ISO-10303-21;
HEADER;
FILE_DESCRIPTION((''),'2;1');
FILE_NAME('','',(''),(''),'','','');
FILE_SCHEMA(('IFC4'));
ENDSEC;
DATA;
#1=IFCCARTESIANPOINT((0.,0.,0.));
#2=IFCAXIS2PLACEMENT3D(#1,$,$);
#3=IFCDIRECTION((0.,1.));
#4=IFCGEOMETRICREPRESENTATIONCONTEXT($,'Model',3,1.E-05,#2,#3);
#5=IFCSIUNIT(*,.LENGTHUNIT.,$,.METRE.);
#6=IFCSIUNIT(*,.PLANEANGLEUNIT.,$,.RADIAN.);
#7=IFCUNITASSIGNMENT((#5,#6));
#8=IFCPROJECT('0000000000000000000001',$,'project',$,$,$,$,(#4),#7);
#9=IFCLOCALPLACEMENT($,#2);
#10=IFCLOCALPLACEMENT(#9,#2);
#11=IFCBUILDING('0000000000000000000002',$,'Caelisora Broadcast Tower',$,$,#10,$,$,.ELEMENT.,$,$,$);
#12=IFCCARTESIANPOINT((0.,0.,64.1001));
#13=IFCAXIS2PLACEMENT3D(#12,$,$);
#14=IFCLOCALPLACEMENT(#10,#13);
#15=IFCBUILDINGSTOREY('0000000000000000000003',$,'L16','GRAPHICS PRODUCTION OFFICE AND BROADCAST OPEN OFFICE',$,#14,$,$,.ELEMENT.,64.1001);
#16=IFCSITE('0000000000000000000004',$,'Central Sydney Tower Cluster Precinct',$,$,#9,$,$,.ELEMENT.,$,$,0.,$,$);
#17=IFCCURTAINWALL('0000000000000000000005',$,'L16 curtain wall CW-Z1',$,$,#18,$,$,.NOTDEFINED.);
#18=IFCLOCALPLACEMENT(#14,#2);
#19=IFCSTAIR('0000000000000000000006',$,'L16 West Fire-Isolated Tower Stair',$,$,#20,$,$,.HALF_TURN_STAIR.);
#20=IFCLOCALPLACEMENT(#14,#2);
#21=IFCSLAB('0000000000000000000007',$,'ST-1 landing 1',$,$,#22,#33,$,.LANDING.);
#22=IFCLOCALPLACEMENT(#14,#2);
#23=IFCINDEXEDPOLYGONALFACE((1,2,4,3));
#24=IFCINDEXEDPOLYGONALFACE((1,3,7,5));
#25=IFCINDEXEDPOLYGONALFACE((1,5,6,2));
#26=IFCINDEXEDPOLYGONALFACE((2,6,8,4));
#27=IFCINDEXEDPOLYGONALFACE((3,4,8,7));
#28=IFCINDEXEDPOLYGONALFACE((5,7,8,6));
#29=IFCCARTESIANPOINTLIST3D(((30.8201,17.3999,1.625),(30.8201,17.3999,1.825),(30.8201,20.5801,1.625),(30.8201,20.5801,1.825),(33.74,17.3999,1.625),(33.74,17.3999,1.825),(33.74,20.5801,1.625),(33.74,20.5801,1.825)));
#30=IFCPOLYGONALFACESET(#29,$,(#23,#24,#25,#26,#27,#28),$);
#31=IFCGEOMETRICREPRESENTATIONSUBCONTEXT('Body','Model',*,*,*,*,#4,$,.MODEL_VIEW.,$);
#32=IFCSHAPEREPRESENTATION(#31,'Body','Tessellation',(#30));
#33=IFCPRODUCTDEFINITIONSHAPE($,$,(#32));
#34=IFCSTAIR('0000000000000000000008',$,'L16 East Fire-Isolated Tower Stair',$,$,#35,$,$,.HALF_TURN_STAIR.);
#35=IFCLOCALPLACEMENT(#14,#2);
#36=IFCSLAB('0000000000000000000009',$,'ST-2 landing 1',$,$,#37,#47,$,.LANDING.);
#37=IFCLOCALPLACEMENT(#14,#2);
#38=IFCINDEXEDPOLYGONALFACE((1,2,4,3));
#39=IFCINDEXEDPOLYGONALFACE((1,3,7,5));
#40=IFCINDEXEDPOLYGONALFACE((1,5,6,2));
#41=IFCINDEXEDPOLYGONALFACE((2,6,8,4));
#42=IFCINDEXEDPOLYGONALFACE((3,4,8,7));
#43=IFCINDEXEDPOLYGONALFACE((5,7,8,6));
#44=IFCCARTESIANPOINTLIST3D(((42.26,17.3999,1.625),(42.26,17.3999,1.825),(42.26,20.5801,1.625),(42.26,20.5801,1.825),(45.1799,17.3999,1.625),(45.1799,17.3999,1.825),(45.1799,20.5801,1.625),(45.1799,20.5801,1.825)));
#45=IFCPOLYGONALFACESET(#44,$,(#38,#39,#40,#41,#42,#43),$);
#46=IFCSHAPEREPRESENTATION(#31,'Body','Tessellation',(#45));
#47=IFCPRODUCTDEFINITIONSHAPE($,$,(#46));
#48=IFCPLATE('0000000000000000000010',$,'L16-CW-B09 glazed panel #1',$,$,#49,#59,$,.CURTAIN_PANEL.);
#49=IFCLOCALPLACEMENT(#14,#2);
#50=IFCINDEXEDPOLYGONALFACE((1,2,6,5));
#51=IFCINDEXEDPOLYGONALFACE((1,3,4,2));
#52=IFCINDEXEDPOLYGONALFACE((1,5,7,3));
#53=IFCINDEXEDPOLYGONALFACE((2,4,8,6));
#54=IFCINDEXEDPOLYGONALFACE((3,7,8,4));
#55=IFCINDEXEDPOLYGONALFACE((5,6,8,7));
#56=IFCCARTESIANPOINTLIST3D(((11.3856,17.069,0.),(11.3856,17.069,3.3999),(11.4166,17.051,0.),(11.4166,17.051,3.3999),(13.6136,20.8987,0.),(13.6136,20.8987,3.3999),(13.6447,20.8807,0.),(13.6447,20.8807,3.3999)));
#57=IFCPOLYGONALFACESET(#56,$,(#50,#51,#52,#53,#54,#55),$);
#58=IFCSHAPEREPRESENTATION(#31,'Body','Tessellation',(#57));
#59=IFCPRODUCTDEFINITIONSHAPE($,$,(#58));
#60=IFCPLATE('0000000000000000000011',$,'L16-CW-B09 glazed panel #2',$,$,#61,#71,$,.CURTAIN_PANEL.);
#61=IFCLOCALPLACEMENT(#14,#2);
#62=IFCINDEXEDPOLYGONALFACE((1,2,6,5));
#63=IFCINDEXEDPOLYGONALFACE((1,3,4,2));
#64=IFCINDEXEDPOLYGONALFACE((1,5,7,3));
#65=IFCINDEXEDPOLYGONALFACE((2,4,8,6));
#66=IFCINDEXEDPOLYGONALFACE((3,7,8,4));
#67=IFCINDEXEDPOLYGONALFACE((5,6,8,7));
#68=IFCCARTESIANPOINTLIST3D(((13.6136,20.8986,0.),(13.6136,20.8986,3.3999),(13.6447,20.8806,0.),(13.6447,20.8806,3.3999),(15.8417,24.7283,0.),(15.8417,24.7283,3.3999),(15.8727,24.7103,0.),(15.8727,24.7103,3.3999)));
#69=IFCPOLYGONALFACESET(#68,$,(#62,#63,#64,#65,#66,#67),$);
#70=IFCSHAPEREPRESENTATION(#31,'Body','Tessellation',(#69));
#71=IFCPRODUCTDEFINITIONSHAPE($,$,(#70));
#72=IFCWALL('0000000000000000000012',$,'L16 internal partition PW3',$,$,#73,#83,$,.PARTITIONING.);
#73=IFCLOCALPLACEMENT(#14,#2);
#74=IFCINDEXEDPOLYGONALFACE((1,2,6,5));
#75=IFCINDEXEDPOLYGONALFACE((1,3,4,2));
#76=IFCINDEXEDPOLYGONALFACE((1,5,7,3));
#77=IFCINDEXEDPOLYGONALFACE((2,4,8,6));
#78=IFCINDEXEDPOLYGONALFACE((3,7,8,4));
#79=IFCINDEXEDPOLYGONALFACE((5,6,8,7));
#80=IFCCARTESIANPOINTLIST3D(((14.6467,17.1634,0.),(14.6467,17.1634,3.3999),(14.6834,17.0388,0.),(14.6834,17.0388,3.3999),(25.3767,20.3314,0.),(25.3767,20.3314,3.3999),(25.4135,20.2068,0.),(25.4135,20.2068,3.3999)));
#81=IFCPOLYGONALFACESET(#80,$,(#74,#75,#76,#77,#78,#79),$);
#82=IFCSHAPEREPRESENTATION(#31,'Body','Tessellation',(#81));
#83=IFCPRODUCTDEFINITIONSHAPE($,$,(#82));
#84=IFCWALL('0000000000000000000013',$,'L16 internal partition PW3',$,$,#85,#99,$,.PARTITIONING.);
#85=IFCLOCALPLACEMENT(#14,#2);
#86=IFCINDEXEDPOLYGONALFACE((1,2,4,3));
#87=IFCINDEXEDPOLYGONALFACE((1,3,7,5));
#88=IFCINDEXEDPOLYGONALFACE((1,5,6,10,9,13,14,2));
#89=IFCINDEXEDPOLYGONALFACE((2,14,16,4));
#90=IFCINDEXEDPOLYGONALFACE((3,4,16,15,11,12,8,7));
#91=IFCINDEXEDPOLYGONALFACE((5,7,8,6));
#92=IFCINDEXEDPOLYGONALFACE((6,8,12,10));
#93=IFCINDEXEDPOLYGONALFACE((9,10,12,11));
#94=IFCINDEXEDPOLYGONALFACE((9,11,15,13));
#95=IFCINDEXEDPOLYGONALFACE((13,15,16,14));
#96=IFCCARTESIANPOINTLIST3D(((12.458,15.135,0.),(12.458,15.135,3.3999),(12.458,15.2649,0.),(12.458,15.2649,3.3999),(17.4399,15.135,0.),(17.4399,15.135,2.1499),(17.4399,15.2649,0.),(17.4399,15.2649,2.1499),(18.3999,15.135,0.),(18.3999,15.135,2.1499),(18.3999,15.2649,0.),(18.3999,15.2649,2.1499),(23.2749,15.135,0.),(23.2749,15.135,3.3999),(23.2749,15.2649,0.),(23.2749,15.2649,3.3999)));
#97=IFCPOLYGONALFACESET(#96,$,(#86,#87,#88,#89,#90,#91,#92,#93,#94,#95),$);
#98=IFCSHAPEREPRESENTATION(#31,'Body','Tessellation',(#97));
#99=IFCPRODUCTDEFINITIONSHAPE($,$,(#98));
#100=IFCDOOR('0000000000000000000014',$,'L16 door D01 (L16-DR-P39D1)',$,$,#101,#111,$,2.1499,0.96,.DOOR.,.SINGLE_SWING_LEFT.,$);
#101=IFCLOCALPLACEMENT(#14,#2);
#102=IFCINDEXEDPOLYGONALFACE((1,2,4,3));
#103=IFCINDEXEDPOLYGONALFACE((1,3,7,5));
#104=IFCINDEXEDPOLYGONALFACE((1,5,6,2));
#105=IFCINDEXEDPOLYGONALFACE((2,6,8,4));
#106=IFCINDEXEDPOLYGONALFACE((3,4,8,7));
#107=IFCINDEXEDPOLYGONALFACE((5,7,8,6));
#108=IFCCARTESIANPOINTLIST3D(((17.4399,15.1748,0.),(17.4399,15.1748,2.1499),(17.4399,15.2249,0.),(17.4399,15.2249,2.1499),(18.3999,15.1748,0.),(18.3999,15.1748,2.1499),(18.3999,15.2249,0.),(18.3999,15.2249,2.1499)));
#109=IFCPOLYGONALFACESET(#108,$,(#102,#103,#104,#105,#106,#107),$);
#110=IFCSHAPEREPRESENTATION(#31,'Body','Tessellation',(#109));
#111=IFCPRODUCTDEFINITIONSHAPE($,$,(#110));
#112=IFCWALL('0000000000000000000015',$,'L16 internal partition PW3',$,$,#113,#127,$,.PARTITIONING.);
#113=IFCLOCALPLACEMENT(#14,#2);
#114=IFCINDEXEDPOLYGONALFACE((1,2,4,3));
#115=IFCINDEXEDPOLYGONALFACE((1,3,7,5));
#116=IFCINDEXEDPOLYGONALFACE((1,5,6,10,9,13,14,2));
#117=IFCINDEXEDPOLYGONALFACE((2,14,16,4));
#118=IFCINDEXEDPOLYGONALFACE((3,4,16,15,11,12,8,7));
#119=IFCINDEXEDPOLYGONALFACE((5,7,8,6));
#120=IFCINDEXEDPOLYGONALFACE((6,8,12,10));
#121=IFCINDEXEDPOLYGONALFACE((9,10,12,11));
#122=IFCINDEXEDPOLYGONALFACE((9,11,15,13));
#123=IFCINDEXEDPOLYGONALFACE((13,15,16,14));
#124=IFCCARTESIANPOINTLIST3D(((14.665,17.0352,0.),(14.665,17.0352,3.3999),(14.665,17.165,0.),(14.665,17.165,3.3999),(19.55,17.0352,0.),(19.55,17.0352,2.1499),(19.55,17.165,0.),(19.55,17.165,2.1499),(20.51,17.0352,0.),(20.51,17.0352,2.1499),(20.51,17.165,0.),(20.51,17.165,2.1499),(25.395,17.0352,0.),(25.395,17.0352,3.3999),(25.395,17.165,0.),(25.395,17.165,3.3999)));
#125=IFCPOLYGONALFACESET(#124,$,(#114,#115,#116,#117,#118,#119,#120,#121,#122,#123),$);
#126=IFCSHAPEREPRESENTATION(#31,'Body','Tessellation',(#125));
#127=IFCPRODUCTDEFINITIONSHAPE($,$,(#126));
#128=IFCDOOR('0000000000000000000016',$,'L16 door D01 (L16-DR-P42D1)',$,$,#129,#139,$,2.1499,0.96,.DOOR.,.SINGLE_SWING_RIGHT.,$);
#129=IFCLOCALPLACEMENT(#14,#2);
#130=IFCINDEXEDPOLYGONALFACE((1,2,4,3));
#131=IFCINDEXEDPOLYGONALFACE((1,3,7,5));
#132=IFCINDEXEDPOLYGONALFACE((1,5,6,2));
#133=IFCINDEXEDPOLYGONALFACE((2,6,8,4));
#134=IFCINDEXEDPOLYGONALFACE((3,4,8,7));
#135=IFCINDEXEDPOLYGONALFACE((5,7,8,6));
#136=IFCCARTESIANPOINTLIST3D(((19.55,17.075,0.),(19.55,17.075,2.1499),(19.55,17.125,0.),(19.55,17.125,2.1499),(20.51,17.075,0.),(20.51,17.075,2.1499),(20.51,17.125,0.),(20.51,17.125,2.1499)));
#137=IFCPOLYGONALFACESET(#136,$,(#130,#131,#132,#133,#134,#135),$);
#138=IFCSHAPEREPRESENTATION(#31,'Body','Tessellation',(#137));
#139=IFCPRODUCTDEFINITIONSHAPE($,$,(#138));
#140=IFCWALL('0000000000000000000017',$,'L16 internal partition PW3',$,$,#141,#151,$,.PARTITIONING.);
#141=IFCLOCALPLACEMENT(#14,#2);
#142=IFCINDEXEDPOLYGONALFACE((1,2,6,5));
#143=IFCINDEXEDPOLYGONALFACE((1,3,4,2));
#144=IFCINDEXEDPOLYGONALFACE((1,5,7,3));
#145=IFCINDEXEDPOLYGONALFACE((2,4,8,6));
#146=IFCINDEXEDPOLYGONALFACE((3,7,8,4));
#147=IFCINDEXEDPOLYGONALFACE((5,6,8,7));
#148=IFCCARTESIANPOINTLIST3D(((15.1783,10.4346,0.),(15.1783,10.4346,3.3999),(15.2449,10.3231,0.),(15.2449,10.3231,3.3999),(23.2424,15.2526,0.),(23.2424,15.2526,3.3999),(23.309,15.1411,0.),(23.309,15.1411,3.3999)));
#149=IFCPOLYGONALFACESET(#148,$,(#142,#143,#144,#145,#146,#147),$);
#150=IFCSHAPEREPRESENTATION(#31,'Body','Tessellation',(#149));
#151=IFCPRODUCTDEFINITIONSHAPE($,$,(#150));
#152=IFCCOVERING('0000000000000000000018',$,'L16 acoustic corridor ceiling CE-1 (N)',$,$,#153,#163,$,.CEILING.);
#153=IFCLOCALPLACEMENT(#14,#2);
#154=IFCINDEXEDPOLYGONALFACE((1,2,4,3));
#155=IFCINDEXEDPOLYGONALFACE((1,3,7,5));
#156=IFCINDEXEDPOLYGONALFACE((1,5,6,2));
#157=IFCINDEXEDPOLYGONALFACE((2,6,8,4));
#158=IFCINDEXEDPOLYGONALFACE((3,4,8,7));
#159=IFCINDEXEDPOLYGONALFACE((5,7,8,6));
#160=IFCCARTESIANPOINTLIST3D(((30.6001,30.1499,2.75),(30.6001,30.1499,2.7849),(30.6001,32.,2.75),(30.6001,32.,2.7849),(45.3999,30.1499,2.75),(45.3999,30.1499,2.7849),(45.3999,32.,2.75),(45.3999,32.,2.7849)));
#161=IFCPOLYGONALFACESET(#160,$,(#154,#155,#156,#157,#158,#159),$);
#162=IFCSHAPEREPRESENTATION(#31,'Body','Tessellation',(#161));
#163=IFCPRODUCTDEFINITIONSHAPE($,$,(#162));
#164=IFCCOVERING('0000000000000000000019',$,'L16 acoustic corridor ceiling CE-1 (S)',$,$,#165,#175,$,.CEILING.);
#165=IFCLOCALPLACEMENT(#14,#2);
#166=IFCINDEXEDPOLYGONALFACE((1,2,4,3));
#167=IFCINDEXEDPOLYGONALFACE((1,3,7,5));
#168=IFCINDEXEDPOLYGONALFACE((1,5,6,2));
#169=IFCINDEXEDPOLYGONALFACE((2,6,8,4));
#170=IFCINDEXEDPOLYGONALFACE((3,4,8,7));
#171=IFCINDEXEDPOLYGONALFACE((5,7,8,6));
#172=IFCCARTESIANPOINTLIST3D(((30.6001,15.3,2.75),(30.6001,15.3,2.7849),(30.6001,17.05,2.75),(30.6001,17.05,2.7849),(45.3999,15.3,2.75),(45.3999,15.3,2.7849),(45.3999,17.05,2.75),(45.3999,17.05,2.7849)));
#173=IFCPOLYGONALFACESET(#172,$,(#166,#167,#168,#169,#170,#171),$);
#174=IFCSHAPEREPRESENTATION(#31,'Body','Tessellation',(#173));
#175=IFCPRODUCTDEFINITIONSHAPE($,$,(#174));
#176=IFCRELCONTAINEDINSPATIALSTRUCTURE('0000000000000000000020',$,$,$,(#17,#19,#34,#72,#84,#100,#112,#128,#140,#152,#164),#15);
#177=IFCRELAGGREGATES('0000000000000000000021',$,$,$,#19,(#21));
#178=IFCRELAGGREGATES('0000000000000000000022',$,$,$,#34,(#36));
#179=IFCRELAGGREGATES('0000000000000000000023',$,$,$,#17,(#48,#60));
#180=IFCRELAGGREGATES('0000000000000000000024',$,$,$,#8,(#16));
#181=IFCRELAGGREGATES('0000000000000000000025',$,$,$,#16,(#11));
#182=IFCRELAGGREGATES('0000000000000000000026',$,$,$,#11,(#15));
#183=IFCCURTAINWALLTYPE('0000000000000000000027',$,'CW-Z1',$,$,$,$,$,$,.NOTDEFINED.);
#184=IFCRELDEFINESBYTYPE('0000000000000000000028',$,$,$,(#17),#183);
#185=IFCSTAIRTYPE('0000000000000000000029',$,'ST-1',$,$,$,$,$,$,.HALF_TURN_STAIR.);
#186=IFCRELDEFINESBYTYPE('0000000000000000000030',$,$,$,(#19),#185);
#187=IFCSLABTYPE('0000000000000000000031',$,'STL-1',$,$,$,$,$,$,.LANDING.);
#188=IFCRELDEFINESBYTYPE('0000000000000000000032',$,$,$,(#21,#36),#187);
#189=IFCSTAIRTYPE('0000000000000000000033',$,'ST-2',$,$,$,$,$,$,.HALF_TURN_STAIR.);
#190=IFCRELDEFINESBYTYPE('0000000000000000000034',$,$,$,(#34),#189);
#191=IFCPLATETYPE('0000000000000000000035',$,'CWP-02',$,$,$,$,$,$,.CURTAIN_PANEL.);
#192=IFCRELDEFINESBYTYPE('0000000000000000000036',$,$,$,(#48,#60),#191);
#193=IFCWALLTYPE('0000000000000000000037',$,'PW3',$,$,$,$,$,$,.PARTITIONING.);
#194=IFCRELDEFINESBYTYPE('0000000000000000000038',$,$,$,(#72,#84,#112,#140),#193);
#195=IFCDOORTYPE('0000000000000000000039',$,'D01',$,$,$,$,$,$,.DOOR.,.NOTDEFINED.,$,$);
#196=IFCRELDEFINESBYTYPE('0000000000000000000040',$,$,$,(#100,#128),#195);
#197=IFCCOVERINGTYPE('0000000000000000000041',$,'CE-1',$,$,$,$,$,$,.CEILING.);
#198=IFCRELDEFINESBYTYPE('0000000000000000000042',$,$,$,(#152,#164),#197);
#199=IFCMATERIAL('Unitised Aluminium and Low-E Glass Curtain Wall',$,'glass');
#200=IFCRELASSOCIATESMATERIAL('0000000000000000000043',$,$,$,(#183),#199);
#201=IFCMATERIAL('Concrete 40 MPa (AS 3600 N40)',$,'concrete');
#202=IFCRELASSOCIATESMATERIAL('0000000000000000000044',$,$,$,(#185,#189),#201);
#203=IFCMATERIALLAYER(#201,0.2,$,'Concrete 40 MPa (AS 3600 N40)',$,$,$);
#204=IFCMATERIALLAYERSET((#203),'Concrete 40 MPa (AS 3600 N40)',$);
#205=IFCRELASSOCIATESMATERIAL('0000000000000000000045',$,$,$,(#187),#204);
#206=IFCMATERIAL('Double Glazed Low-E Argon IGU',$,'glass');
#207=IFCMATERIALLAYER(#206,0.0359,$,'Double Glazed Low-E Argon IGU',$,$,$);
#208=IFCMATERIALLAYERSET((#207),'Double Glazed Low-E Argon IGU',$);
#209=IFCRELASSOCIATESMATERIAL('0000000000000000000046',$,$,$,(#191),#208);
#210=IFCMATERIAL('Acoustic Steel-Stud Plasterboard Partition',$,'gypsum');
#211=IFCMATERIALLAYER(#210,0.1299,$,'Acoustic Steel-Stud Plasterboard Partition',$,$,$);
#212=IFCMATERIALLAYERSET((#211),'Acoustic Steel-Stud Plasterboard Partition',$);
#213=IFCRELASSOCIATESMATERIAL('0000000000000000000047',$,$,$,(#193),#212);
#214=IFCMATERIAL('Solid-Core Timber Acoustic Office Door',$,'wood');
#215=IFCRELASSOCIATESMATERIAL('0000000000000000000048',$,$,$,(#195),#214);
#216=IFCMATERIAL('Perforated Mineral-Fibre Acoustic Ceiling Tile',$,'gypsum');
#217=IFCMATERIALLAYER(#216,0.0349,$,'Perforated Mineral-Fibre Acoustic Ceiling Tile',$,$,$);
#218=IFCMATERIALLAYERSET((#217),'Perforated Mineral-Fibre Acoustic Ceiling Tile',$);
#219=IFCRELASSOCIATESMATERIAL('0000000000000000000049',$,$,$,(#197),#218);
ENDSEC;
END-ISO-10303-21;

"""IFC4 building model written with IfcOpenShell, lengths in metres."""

from ifc_helpers import new_model, si_unit, direction, frame, frame_2d, origin, origin_2d, place, context, subcontext, project, spatial, polyline, rectangle, outline, extrude, source, transform, mapped, material, layer, layer_set, type_object, type_shapes, element, fill, aggregate, save


model = new_model("IFC4")

# Units and contexts
model_context = context("Model", 3, precision=1e-05, world=origin(), true_north=direction((0.0, 1.0)))
body_context = subcontext(model_context, "Body", "Model", "MODEL_VIEW")
ifc_project = project(units=[si_unit("LENGTHUNIT", "METRE"), si_unit("PLANEANGLEUNIT", "RADIAN")], contexts=[model_context])

# Site, building, storey
site_placement = place(None, origin())
site = spatial("IfcSite", under=ifc_project, at=site_placement, Name="Central Sydney Tower Cluster Precinct", CompositionType="ELEMENT", RefElevation=0.0)
building_placement = place(site_placement, origin())
building = spatial("IfcBuilding", under=site, at=building_placement, Name="Caelisora Broadcast Tower", CompositionType="ELEMENT")
storey_placement = place(building_placement, frame((0.0, 0.0, 64.1001)))
storey = spatial("IfcBuildingStorey", under=building, at=storey_placement, Name="L16", Description="GRAPHICS PRODUCTION OFFICE AND BROADCAST OPEN OFFICE", CompositionType="ELEMENT", Elevation=64.1001)

# Curtain wall
ifc_material_1 = material(Name="Unitised Aluminium and Low-E Glass Curtain Wall", Category="glass")
curtain_wall_type = type_object("IfcCurtainWallType", Name="CW-Z1", PredefinedType="NOTDEFINED", material=ifc_material_1)
curtain_wall_placement = place(storey_placement, origin())
curtain_wall = element("IfcCurtainWall", 1, at=curtain_wall_placement, inside=storey, type_object=curtain_wall_type, Name="L16 curtain wall CW-Z1", PredefinedType="NOTDEFINED")

# Shared definitions
ifc_material_2 = material(Name="Concrete 40 MPa (AS 3600 N40)", Category="concrete")

# Stairs, slabs
stair_type_1 = type_object("IfcStairType", Name="ST-1", PredefinedType="HALF_TURN_STAIR", material=ifc_material_2)
stair_1_placement = place(storey_placement, origin())
stair_1 = element("IfcStair", 2, at=stair_1_placement, inside=storey, type_object=stair_type_1, Name="L16 West Fire-Isolated Tower Stair", PredefinedType="HALF_TURN_STAIR")
ifc_layer_1 = layer(ifc_material_2, 0.2, Name="Concrete 40 MPa (AS 3600 N40)")
ifc_layer_set_1 = layer_set([ifc_layer_1], Name="Concrete 40 MPa (AS 3600 N40)")
slab_type_1 = type_object("IfcSlabType", Name="STL-1", PredefinedType="LANDING", material=ifc_layer_set_1)
slab_1_placement = place(storey_placement, frame((0.0, 0.0, 1.625)))
slab_1 = element("IfcSlab", 3, at=slab_1_placement, type_object=slab_type_1, Name="ST-1 landing 1", PredefinedType="LANDING", context=body_context, shape_type="SweptSolid", body=[
    extrude(outline(polyline([(30.8201, 20.5801), (30.8201, 17.3999), (33.74, 17.3999), (33.74, 20.5801), (30.8201, 20.5801)])), origin(), (0.0, 0.0, 1.0), 0.2),
])
aggregate(stair_1, [slab_1])
stair_type_2 = type_object("IfcStairType", Name="ST-2", PredefinedType="HALF_TURN_STAIR", material=ifc_material_2)
stair_2_placement = place(storey_placement, origin())
stair_2 = element("IfcStair", 4, at=stair_2_placement, inside=storey, type_object=stair_type_2, Name="L16 East Fire-Isolated Tower Stair", PredefinedType="HALF_TURN_STAIR")
slab_2_placement = place(storey_placement, frame((0.0, 0.0, 1.625)))
slab_2 = element("IfcSlab", 5, at=slab_2_placement, type_object=slab_type_1, Name="ST-2 landing 1", PredefinedType="LANDING", context=body_context, shape_type="SweptSolid", body=[
    extrude(outline(polyline([(42.26, 20.5801), (42.26, 17.3999), (45.1799, 17.3999), (45.1799, 20.5801), (42.26, 20.5801)])), origin(), (0.0, 0.0, 1.0), 0.2),
])
aggregate(stair_2, [slab_2])

# Plates
ifc_material_3 = material(Name="Double Glazed Low-E Argon IGU", Category="glass")
ifc_layer_2 = layer(ifc_material_3, 0.0359, Name="Double Glazed Low-E Argon IGU")
ifc_layer_set_2 = layer_set([ifc_layer_2], Name="Double Glazed Low-E Argon IGU")
plate_type = type_object("IfcPlateType", Name="CWP-02", PredefinedType="CURTAIN_PANEL", material=ifc_layer_set_2)
shared_shape_1 = source(origin(), body_context, "Body", "SweptSolid", [
    extrude(rectangle(XDim=4.4307, YDim=0.0359, at=origin_2d()), origin(), (0.0, 0.0, 1.0), 3.3999),
])
type_shapes(plate_type, [shared_shape_1])
plate_1_placement = place(storey_placement, frame((12.5151, 18.9749, 0.0), z_axis=(0.0, 0.0, 1.0), x_axis=(0.502869, 0.864363, 0.0)))
plate_1 = element("IfcPlate", 6, at=plate_1_placement, type_object=plate_type, Name="L16-CW-B09 glazed panel #1", PredefinedType="CURTAIN_PANEL", context=body_context, shape_type="MappedRepresentation", body=[
    mapped(shared_shape_1, transform((0.0, 0.0, 0.0), scale=1.0)),
])
plate_2_placement = place(storey_placement, frame((14.7432, 22.8044, 0.0), z_axis=(0.0, 0.0, 1.0), x_axis=(0.502869, 0.864363, 0.0)))
plate_2 = element("IfcPlate", 7, at=plate_2_placement, type_object=plate_type, Name="L16-CW-B09 glazed panel #2", PredefinedType="CURTAIN_PANEL", context=body_context, shape_type="MappedRepresentation", body=[
    mapped(shared_shape_1, transform((0.0, 0.0, 0.0), scale=1.0)),
])
aggregate(curtain_wall, [plate_1, plate_2])

# Wall
ifc_material_4 = material(Name="Acoustic Steel-Stud Plasterboard Partition", Category="gypsum")
ifc_layer_3 = layer(ifc_material_4, 0.1299, Name="Acoustic Steel-Stud Plasterboard Partition")
ifc_layer_set_3 = layer_set([ifc_layer_3], Name="Acoustic Steel-Stud Plasterboard Partition")
wall_type = type_object("IfcWallType", Name="PW3", PredefinedType="PARTITIONING", material=ifc_layer_set_3)
wall_1_placement = place(storey_placement, frame((14.665, 17.1011, 0.0), z_axis=(0.0, 0.0, 1.0), x_axis=(0.959072, 0.283161, 0.0)))
element("IfcWall", 8, at=wall_1_placement, inside=storey, type_object=wall_type, Name="L16 internal partition PW3", PredefinedType="PARTITIONING", context=body_context, shape_type="SweptSolid", body=[
    extrude(rectangle(XDim=11.188, YDim=0.1299, at=frame_2d((5.594, 0.0))), origin(), (0.0, 0.0, 1.0), 3.3999),
])

# Walls, openings, doors
wall_2_placement = place(storey_placement, frame((12.458, 15.2, 0.0), z_axis=(0.0, 0.0, 1.0), x_axis=(1.0, 0.0, 0.0)))
wall_2 = element("IfcWall", 9, at=wall_2_placement, inside=storey, type_object=wall_type, Name="L16 internal partition PW3", PredefinedType="PARTITIONING", context=body_context, shape_type="SweptSolid", body=[
    extrude(rectangle(XDim=10.8169, YDim=0.1299, at=frame_2d((5.4084, 0.0))), origin(), (0.0, 0.0, 1.0), 3.3999),
])
opening_1_placement = place(wall_2_placement, frame((4.9819, 0.0, 0.0)))
opening_1 = element("IfcOpeningElement", 10, at=opening_1_placement, cuts=wall_2, PredefinedType="OPENING", context=body_context, shape_type="SweptSolid", body=[
    extrude(rectangle(XDim=0.96, YDim=2.1499, at=frame_2d((0.48, 1.075))), frame((0.0, 0.0769, 0.0), z_axis=(0.0, -1.0, 0.0), x_axis=(1.0, 0.0, 0.0)), (0.0, 0.0, 1.0), 0.1538),
])
ifc_material_5 = material(Name="Solid-Core Timber Acoustic Office Door", Category="wood")
door_type = type_object("IfcDoorType", Name="D01", OperationType="NOTDEFINED", PredefinedType="DOOR", material=ifc_material_5)
door_1_placement = place(opening_1_placement, origin())
door_1 = element("IfcDoor", 11, at=door_1_placement, inside=storey, type_object=door_type, Name="L16 door D01 (L16-DR-P39D1)", OperationType="SINGLE_SWING_LEFT", OverallHeight=2.1499, OverallWidth=0.96, PredefinedType="DOOR", context=body_context, shape_type="SweptSolid", body=[
    extrude(rectangle(XDim=0.96, YDim=2.1499, at=frame_2d((0.48, 1.075))), frame((0.0, 0.0249, 0.0), z_axis=(0.0, -1.0, 0.0), x_axis=(1.0, 0.0, 0.0)), (0.0, 0.0, 1.0), 0.05),
])
fill(opening_1, door_1)
wall_3_placement = place(storey_placement, frame((14.665, 17.1001, 0.0), z_axis=(0.0, 0.0, 1.0), x_axis=(1.0, 0.0, 0.0)))
wall_3 = element("IfcWall", 12, at=wall_3_placement, inside=storey, type_object=wall_type, Name="L16 internal partition PW3", PredefinedType="PARTITIONING", context=body_context, shape_type="SweptSolid", body=[
    extrude(rectangle(XDim=10.73, YDim=0.1299, at=frame_2d((5.365, 0.0))), origin(), (0.0, 0.0, 1.0), 3.3999),
])
opening_2_placement = place(wall_3_placement, frame((4.885, 0.0, 0.0)))
opening_2 = element("IfcOpeningElement", 13, at=opening_2_placement, cuts=wall_3, PredefinedType="OPENING", context=body_context, shape_type="SweptSolid", body=[
    extrude(rectangle(XDim=0.96, YDim=2.1499, at=frame_2d((0.48, 1.075))), frame((0.0, 0.0769, 0.0), z_axis=(0.0, -1.0, 0.0), x_axis=(1.0, 0.0, 0.0)), (0.0, 0.0, 1.0), 0.1538),
])
door_2_placement = place(opening_2_placement, origin())
door_2 = element("IfcDoor", 14, at=door_2_placement, inside=storey, type_object=door_type, Name="L16 door D01 (L16-DR-P42D1)", OperationType="SINGLE_SWING_RIGHT", OverallHeight=2.1499, OverallWidth=0.96, PredefinedType="DOOR", context=body_context, shape_type="SweptSolid", body=[
    extrude(rectangle(XDim=0.96, YDim=2.1499, at=frame_2d((0.48, 1.075))), frame((0.0, 0.0249, 0.0), z_axis=(0.0, -1.0, 0.0), x_axis=(1.0, 0.0, 0.0)), (0.0, 0.0, 1.0), 0.05),
])
fill(opening_2, door_2)

# Wall
wall_4_placement = place(storey_placement, frame((15.2117, 10.3789, 0.0), z_axis=(0.0, 0.0, 1.0), x_axis=(0.85845, 0.512897, 0.0)))
element("IfcWall", 15, at=wall_4_placement, inside=storey, type_object=wall_type, Name="L16 internal partition PW3", PredefinedType="PARTITIONING", context=body_context, shape_type="SweptSolid", body=[
    extrude(rectangle(XDim=9.3938, YDim=0.1299, at=frame_2d((4.6968, 0.0))), origin(), (0.0, 0.0, 1.0), 3.3999),
])

# Coverings
ifc_material_6 = material(Name="Perforated Mineral-Fibre Acoustic Ceiling Tile", Category="gypsum")
ifc_layer_4 = layer(ifc_material_6, 0.0349, Name="Perforated Mineral-Fibre Acoustic Ceiling Tile")
ifc_layer_set_4 = layer_set([ifc_layer_4], Name="Perforated Mineral-Fibre Acoustic Ceiling Tile")
covering_type_1 = type_object("IfcCoveringType", Name="CE-1", PredefinedType="CEILING", material=ifc_layer_set_4)
covering_1_placement = place(storey_placement, frame((0.0, 0.0, 2.75)))
element("IfcCovering", 16, at=covering_1_placement, inside=storey, type_object=covering_type_1, Name="L16 acoustic corridor ceiling CE-1 (N)", PredefinedType="CEILING", context=body_context, shape_type="SweptSolid", body=[
    extrude(outline(polyline([(30.6001, 30.1499), (45.3999, 30.1499), (45.3999, 32.0), (30.6001, 32.0), (30.6001, 30.1499)])), origin(), (0.0, 0.0, 1.0), 0.0349),
])
covering_2_placement = place(storey_placement, frame((0.0, 0.0, 2.75)))
element("IfcCovering", 17, at=covering_2_placement, inside=storey, type_object=covering_type_1, Name="L16 acoustic corridor ceiling CE-1 (S)", PredefinedType="CEILING", context=body_context, shape_type="SweptSolid", body=[
    extrude(outline(polyline([(30.6001, 15.3), (45.3999, 15.3), (45.3999, 17.05), (30.6001, 17.05), (30.6001, 15.3)])), origin(), (0.0, 0.0, 1.0), 0.0349),
])

save(model, "model.ifc")
